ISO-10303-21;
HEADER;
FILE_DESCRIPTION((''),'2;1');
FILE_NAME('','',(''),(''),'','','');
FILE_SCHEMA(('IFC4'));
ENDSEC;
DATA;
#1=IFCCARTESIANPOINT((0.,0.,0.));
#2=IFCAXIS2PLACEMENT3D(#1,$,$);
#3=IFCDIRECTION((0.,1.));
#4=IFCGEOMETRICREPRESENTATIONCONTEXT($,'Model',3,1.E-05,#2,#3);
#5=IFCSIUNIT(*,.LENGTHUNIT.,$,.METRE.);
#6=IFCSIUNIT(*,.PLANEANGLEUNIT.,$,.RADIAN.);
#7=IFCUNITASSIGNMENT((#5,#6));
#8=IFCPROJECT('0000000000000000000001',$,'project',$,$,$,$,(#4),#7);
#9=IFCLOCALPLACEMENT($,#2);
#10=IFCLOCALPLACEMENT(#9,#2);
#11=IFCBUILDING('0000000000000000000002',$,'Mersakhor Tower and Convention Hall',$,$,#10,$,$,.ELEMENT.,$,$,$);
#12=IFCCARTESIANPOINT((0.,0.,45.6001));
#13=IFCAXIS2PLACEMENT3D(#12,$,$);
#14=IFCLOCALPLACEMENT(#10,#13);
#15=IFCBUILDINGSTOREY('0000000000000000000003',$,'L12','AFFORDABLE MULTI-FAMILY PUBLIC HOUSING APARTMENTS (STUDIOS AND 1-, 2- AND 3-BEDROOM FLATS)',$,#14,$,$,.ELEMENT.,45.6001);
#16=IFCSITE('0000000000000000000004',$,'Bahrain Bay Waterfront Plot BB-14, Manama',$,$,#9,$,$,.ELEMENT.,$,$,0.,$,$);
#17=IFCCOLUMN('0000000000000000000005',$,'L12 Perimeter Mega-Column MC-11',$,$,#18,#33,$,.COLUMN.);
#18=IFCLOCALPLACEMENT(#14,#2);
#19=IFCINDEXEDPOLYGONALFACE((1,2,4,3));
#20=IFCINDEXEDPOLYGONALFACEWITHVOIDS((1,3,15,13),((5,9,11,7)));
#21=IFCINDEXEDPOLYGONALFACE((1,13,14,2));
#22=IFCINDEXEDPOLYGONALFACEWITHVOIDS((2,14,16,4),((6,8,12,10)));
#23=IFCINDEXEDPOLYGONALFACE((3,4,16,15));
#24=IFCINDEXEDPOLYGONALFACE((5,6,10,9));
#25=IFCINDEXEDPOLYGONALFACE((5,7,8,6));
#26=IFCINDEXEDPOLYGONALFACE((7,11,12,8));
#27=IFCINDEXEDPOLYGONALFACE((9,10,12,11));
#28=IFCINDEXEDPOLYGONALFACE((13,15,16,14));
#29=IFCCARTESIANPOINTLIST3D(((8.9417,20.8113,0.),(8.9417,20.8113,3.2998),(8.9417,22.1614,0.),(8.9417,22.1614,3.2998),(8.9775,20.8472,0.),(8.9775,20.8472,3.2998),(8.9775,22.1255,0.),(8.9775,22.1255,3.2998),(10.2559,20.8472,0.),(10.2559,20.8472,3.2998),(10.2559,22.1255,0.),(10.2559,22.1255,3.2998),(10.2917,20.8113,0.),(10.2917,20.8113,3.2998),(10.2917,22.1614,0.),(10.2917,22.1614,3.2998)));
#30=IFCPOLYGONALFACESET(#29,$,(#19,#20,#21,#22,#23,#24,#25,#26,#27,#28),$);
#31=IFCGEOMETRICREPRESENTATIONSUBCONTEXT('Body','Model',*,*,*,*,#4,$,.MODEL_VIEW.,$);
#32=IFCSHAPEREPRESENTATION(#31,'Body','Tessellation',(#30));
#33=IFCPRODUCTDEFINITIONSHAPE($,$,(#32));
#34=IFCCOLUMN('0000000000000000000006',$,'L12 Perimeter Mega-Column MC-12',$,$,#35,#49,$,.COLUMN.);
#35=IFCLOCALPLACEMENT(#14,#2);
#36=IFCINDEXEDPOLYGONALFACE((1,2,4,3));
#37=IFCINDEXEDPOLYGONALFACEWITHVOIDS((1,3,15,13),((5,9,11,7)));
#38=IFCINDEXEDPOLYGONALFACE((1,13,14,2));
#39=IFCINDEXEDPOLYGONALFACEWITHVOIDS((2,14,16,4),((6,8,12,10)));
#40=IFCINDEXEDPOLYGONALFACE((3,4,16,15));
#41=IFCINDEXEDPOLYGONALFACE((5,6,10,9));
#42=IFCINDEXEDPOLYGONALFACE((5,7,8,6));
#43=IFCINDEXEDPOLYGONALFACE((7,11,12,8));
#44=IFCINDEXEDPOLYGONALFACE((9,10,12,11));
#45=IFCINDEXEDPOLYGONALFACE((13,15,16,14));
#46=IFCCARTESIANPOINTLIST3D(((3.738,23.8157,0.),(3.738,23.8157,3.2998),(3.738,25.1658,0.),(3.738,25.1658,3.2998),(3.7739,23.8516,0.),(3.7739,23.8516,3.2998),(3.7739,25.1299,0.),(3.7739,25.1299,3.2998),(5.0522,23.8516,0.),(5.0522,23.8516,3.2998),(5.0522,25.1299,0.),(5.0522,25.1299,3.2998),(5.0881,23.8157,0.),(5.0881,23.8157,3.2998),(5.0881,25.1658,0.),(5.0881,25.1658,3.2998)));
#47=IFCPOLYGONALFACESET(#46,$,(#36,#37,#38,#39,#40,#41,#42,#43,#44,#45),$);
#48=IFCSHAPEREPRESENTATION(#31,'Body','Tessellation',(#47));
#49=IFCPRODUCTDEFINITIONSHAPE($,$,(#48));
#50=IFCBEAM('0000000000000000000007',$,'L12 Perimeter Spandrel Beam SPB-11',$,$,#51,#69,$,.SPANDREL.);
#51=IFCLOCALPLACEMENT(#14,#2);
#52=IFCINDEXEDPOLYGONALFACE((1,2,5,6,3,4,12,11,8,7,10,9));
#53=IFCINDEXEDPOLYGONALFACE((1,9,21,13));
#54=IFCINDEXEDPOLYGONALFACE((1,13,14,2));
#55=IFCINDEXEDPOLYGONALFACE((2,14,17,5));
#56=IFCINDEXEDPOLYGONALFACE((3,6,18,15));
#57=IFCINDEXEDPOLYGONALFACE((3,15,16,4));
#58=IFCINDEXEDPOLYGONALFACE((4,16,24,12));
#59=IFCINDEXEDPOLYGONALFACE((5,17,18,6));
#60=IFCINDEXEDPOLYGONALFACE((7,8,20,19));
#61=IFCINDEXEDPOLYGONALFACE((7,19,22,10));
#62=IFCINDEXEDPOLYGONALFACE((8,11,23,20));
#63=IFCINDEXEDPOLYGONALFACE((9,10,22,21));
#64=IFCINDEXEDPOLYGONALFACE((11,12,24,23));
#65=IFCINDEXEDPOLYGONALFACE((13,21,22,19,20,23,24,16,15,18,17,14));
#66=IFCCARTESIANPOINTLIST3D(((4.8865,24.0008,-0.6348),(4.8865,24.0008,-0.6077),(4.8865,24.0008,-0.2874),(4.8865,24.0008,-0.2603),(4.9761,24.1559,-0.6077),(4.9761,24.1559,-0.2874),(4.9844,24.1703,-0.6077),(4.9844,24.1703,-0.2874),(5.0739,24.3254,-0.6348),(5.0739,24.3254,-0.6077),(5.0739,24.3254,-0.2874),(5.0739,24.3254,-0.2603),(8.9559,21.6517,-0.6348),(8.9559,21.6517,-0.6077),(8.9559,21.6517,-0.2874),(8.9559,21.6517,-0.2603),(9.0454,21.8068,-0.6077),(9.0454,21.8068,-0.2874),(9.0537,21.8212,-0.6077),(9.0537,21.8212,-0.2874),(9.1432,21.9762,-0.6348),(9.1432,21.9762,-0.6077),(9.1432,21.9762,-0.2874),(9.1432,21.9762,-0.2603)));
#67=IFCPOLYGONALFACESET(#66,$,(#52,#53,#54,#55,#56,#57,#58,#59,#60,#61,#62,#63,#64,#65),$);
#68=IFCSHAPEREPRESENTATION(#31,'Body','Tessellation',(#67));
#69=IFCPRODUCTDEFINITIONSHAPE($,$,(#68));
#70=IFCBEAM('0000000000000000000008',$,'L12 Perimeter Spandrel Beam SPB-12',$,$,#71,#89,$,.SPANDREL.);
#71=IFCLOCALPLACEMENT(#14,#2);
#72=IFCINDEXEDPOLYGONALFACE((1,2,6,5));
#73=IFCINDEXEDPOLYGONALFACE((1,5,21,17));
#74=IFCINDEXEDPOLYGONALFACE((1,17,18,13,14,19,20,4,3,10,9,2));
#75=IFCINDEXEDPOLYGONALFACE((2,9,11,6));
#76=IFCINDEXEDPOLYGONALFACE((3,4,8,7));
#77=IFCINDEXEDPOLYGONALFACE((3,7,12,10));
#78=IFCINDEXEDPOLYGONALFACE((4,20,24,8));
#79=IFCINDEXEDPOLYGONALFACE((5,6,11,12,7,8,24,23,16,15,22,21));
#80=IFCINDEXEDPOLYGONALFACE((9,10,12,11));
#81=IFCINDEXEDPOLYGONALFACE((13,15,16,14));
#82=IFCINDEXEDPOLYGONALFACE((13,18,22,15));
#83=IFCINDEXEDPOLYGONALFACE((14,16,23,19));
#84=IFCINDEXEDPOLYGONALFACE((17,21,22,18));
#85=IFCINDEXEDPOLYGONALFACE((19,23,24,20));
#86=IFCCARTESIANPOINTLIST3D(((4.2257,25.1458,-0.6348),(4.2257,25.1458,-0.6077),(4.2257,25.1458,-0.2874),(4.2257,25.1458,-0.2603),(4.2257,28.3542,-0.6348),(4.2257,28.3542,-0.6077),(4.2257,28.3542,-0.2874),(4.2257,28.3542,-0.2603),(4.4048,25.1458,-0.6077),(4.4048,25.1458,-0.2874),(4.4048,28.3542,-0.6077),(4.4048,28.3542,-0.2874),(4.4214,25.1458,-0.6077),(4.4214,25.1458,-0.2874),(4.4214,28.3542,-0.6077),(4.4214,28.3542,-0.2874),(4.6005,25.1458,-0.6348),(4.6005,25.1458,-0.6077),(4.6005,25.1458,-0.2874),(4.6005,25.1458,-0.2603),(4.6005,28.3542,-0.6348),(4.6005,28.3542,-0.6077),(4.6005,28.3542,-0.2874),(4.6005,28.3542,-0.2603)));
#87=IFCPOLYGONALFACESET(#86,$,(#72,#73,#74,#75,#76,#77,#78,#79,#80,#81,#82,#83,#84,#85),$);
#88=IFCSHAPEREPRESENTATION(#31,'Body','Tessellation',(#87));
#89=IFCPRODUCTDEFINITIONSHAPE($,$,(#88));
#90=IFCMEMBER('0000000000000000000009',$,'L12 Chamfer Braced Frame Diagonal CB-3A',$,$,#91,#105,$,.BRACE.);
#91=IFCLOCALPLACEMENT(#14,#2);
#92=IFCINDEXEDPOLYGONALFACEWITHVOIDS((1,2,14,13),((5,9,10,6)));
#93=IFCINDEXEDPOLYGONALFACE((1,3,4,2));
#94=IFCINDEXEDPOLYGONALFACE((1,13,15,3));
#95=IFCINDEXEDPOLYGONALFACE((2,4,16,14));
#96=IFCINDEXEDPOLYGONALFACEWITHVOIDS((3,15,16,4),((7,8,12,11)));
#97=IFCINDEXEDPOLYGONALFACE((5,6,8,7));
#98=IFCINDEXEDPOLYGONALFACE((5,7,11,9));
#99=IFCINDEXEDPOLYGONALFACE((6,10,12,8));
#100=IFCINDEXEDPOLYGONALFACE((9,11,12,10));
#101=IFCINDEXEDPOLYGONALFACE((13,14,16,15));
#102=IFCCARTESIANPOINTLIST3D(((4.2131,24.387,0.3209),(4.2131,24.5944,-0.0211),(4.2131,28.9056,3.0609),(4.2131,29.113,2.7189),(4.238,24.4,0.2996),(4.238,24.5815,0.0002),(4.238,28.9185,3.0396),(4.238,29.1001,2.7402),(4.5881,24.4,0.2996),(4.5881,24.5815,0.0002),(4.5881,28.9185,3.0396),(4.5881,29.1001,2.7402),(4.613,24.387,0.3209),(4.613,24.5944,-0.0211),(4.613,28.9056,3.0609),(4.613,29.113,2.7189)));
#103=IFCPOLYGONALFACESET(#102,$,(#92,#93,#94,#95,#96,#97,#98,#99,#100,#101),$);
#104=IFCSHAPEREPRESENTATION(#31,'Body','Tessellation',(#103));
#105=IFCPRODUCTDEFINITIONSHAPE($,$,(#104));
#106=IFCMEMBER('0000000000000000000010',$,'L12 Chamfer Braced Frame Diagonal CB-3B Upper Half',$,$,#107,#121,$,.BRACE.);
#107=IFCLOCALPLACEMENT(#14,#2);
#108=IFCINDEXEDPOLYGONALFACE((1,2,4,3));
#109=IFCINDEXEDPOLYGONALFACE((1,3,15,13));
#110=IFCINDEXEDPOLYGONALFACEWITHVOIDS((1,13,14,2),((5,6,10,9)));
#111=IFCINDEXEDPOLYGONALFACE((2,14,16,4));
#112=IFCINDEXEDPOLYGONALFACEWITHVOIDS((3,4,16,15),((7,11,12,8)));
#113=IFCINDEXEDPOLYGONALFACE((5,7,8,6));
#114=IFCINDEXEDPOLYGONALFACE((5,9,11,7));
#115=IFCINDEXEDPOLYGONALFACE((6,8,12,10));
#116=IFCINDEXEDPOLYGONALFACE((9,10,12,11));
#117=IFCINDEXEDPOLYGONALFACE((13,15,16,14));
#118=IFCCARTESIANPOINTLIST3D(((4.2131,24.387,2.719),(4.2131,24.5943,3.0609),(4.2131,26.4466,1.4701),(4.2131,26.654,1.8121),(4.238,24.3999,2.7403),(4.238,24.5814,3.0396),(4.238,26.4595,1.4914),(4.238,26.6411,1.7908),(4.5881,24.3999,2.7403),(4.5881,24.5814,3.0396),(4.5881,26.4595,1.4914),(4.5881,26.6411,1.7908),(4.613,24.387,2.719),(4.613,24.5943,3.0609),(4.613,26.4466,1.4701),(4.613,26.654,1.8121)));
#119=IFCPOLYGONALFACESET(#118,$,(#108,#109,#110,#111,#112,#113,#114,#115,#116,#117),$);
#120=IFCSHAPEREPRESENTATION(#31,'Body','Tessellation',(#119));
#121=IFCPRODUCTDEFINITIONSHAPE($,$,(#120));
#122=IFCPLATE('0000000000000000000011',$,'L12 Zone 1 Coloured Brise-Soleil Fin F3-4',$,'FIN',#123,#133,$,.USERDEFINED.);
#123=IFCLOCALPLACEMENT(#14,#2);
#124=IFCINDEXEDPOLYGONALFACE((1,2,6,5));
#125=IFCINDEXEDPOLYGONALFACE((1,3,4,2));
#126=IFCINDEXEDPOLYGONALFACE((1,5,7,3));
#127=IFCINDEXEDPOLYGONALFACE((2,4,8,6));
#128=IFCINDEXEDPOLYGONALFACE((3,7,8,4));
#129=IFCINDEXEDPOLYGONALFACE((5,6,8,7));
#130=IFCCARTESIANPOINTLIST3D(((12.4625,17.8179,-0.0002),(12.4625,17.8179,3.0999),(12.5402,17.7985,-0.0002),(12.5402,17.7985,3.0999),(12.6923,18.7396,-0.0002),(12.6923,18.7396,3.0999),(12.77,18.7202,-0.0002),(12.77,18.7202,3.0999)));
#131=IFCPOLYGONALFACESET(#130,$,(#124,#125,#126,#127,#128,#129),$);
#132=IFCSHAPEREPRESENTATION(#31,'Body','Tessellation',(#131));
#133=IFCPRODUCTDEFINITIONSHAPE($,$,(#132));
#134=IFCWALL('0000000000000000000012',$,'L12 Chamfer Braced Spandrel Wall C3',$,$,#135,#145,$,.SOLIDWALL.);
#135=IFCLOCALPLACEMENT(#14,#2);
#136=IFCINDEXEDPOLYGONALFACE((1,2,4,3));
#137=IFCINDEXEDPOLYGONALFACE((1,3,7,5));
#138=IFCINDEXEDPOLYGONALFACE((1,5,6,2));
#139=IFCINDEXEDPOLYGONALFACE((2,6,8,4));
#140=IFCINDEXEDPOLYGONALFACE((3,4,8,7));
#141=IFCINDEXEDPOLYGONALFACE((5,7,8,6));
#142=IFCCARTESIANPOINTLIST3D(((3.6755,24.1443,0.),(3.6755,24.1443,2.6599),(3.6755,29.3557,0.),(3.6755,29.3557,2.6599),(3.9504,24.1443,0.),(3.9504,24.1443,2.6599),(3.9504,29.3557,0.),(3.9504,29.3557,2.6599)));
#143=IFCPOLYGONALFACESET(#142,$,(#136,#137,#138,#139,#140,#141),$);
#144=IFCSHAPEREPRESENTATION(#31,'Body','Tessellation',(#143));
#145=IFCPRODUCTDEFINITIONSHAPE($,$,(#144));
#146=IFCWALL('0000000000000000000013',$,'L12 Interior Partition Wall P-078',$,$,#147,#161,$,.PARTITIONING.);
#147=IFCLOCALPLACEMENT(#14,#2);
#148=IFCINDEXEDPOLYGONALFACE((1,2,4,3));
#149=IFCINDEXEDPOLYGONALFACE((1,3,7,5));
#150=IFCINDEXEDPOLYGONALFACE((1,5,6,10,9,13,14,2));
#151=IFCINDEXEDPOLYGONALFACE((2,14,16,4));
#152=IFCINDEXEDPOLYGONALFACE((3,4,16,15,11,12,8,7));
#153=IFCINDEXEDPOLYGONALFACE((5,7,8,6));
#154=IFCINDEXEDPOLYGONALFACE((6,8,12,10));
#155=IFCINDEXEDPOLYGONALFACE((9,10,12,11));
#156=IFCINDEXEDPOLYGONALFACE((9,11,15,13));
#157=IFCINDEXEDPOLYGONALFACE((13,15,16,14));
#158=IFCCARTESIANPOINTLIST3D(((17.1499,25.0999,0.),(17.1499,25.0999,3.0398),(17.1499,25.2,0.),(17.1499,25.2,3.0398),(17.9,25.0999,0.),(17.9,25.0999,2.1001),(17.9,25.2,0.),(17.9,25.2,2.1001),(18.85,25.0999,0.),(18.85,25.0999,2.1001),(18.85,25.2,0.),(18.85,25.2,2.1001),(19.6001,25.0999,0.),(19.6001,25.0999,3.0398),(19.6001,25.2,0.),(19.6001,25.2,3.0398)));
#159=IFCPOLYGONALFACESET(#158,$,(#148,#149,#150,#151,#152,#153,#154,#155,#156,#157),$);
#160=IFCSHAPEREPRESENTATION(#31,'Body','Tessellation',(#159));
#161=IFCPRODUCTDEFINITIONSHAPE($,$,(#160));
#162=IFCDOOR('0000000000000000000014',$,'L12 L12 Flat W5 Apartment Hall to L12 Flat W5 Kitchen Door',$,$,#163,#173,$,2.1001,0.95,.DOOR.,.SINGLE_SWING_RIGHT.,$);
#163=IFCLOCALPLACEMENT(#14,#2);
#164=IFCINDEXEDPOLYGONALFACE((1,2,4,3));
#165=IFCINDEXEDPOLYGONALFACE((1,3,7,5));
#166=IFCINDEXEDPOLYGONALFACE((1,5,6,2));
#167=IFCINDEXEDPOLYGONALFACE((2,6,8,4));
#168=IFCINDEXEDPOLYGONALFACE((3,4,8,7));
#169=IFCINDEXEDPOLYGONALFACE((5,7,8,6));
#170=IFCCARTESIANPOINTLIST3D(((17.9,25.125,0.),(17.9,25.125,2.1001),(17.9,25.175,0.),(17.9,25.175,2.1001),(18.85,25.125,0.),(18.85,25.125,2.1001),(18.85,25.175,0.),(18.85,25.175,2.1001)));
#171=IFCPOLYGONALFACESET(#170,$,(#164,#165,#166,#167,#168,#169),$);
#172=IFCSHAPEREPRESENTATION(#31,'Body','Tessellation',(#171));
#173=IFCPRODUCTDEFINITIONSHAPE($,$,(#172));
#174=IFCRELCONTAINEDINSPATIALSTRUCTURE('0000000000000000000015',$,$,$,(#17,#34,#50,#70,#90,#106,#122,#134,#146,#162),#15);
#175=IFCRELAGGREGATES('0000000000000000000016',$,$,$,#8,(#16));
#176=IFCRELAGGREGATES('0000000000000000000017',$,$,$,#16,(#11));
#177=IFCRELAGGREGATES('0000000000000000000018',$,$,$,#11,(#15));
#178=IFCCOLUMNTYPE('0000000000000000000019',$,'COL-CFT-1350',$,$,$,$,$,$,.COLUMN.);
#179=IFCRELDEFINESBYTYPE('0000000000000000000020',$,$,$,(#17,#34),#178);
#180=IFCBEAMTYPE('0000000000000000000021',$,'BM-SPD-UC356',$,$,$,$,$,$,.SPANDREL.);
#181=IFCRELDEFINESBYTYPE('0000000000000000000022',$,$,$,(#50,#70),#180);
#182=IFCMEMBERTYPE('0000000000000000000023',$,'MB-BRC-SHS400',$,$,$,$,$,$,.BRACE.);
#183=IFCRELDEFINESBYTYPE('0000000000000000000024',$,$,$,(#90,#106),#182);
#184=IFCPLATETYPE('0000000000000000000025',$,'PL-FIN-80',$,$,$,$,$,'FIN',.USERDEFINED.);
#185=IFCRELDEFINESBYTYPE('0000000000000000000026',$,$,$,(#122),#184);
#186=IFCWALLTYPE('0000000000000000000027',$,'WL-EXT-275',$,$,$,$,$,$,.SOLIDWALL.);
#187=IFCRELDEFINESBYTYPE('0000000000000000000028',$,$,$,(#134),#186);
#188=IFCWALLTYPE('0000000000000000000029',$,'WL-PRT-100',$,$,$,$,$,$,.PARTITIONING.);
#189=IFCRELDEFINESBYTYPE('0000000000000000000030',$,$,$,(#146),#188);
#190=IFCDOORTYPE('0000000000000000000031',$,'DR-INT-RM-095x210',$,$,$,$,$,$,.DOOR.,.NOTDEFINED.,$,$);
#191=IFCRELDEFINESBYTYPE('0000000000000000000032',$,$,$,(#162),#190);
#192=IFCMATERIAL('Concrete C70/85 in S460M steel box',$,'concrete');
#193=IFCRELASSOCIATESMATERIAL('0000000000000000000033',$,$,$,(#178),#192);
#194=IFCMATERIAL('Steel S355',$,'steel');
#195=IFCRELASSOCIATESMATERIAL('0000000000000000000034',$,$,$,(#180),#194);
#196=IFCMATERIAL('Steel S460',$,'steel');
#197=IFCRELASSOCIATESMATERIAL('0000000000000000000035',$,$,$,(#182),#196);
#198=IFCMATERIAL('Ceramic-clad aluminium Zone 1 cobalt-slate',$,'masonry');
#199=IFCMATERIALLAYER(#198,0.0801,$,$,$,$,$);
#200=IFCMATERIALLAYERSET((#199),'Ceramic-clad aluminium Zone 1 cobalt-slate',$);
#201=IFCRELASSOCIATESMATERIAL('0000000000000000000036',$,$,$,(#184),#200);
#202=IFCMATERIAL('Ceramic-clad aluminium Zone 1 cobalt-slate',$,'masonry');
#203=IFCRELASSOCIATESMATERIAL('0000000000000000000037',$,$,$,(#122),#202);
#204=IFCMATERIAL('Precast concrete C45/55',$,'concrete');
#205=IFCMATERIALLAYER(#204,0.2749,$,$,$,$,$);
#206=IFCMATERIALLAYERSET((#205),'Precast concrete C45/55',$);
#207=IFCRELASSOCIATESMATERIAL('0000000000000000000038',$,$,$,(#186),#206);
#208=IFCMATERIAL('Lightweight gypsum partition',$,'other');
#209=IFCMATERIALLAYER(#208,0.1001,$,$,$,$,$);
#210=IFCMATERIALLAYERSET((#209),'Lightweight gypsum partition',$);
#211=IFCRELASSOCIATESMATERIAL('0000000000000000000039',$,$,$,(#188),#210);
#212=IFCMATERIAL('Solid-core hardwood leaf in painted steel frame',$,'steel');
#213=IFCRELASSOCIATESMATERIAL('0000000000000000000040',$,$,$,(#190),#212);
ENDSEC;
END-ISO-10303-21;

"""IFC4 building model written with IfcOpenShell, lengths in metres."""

from ifc_helpers import new_model, si_unit, direction, frame, frame_2d, origin, origin_2d, place, context, subcontext, project, spatial, rectangle, hollow_rectangle, i_section, extrude, material, layer, layer_set, material_profile, profile_set, type_object, element, fill, save


model = new_model("IFC4")

# Units and contexts
model_context = context("Model", 3, precision=1e-05, world=origin(), true_north=direction((0.0, 1.0)))
body_context = subcontext(model_context, "Body", "Model", "MODEL_VIEW")
ifc_project = project(units=[si_unit("LENGTHUNIT", "METRE"), si_unit("PLANEANGLEUNIT", "RADIAN")], contexts=[model_context])

# Site, building, storey
site_placement = place(None, origin())
site = spatial("IfcSite", under=ifc_project, at=site_placement, Name="Bahrain Bay Waterfront Plot BB-14, Manama", CompositionType="ELEMENT", RefElevation=0.0)
building_placement = place(site_placement, origin())
building = spatial("IfcBuilding", under=site, at=building_placement, Name="Mersakhor Tower and Convention Hall", CompositionType="ELEMENT")
storey_placement = place(building_placement, frame((0.0, 0.0, 45.6001)))
storey = spatial("IfcBuildingStorey", under=building, at=storey_placement, Name="L12", Description="AFFORDABLE MULTI-FAMILY PUBLIC HOUSING APARTMENTS (STUDIOS AND 1-, 2- AND 3-BEDROOM FLATS)", CompositionType="ELEMENT", Elevation=45.6001)

# Columns
ifc_material_1 = material(Name="Concrete C70/85 in S460M steel box", Category="concrete")
ifc_material_profile_1 = material_profile(ifc_material_1, hollow_rectangle(XDim=1.3501, YDim=1.3501, WallThickness=0.0359, at=origin_2d()), Name="SHS 1350x1350x36")
ifc_profile_set_1 = profile_set([ifc_material_profile_1], Name="Concrete C70/85 in S460M steel box")
column_type = type_object("IfcColumnType", Name="COL-CFT-1350", PredefinedType="COLUMN", material=ifc_profile_set_1)
for number, where, z_axis, x_axis, name in (
    (1, (9.6167, 21.4863, 0.0), (0.0, 0.0, 1.0), (1.0, 0.0, 0.0), "L12 Perimeter Mega-Column MC-11"),
    (2, (4.4131, 24.4907, 0.0), (0.0, 0.0, 1.0), (1.0, 0.0, 0.0), "L12 Perimeter Mega-Column MC-12"),
):
    element("IfcColumn", number, at=place(storey_placement, frame(where, z_axis=z_axis, x_axis=x_axis)), inside=storey, type_object=column_type, Name=name, PredefinedType="COLUMN", context=body_context, shape_type="SweptSolid", body=[
        extrude(hollow_rectangle(XDim=1.3501, YDim=1.3501, WallThickness=0.0359, at=origin_2d()), origin(), (0.0, 0.0, 1.0), 3.2998),
    ])

# Beams
ifc_material_2 = material(Name="Steel S355", Category="steel")
ifc_material_profile_2 = material_profile(ifc_material_2, i_section(OverallWidth=0.3748, OverallDepth=0.3745, WebThickness=0.0166, FlangeThickness=0.0271, at=origin_2d()), Name="UC 356x368x202")
ifc_profile_set_2 = profile_set([ifc_material_profile_2], Name="Steel S355")
beam_type = type_object("IfcBeamType", Name="BM-SPD-UC356", PredefinedType="SPANDREL", material=ifc_profile_set_2)
beam_1_placement = place(storey_placement, frame((9.0496, 21.814, -0.4475), z_axis=(-0.866054, 0.49995, 0.0), x_axis=(-0.49995, -0.866054, 0.0)))
element("IfcBeam", 3, at=beam_1_placement, inside=storey, type_object=beam_type, Name="L12 Perimeter Spandrel Beam SPB-11", PredefinedType="SPANDREL", context=body_context, shape_type="SweptSolid", body=[
    extrude(i_section(OverallWidth=0.3748, OverallDepth=0.3745, WebThickness=0.0166, FlangeThickness=0.0271, at=origin_2d()), origin(), (0.0, 0.0, 1.0), 4.6987),
])
beam_2_placement = place(storey_placement, frame((4.4131, 25.1458, -0.4475), z_axis=(0.0, 1.0, 0.0), x_axis=(-1.0, 0.0, 0.0)))
element("IfcBeam", 4, at=beam_2_placement, inside=storey, type_object=beam_type, Name="L12 Perimeter Spandrel Beam SPB-12", PredefinedType="SPANDREL", context=body_context, shape_type="SweptSolid", body=[
    extrude(i_section(OverallWidth=0.3748, OverallDepth=0.3745, WebThickness=0.0166, FlangeThickness=0.0271, at=origin_2d()), origin(), (0.0, 0.0, 1.0), 3.2085),
])

# Members
ifc_material_3 = material(Name="Steel S460", Category="steel")
ifc_material_profile_3 = material_profile(ifc_material_3, hollow_rectangle(XDim=0.3999, YDim=0.3999, WallThickness=0.0249, at=origin_2d()), Name="SHS 400x400x25")
ifc_profile_set_3 = profile_set([ifc_material_profile_3], Name="Steel S460")
member_type = type_object("IfcMemberType", Name="MB-BRC-SHS400", PredefinedType="BRACE", material=ifc_profile_set_3)
member_1_placement = place(storey_placement, frame((4.4131, 24.4907, 0.1499), z_axis=(0.0, 0.855074, 0.518505), x_axis=(-1.0, 0.0, 0.0)))
element("IfcMember", 5, at=member_1_placement, inside=storey, type_object=member_type, Name="L12 Chamfer Braced Frame Diagonal CB-3A", PredefinedType="BRACE", context=body_context, shape_type="SweptSolid", body=[
    extrude(hollow_rectangle(XDim=0.3999, YDim=0.3999, WallThickness=0.0249, at=origin_2d()), origin(), (0.0, 0.0, 1.0), 5.2844),
])
member_2_placement = place(storey_placement, frame((4.4131, 26.5503, 1.6411), z_axis=(0.0, -0.855096, 0.51847), x_axis=(1.0, 0.0, 0.0)))
element("IfcMember", 6, at=member_2_placement, inside=storey, type_object=member_type, Name="L12 Chamfer Braced Frame Diagonal CB-3B Upper Half", PredefinedType="BRACE", context=body_context, shape_type="SweptSolid", body=[
    extrude(hollow_rectangle(XDim=0.3999, YDim=0.3999, WallThickness=0.0249, at=origin_2d()), origin(), (0.0, 0.0, 1.0), 2.4087),
])

# Plate
ifc_material_4 = material(Name="Ceramic-clad aluminium Zone 1 cobalt-slate", Category="masonry")
ifc_material_5 = material(Name="Ceramic-clad aluminium Zone 1 cobalt-slate", Category="masonry")
ifc_layer_1 = layer(ifc_material_5, 0.0801)
ifc_layer_set_1 = layer_set([ifc_layer_1], Name="Ceramic-clad aluminium Zone 1 cobalt-slate")
plate_type = type_object("IfcPlateType", Name="PL-FIN-80", ElementType="FIN", PredefinedType="USERDEFINED", material=ifc_layer_set_1)
plate_placement = place(storey_placement, frame((12.6162, 18.269, -0.0002), z_axis=(0.0, 0.0, 1.0), x_axis=(-0.241922, -0.970296, 0.0)))
element("IfcPlate", 7, at=plate_placement, inside=storey, type_object=plate_type, material=ifc_material_4, Name="L12 Zone 1 Coloured Brise-Soleil Fin F3-4", ObjectType="FIN", PredefinedType="USERDEFINED", context=body_context, shape_type="SweptSolid", body=[
    extrude(rectangle(XDim=0.95, YDim=0.0801, at=origin_2d()), origin(), (0.0, 0.0, 1.0), 3.1001),
])

# Wall
ifc_material_6 = material(Name="Precast concrete C45/55", Category="concrete")
ifc_layer_2 = layer(ifc_material_6, 0.2749)
ifc_layer_set_2 = layer_set([ifc_layer_2], Name="Precast concrete C45/55")
wall_type_1 = type_object("IfcWallType", Name="WL-EXT-275", PredefinedType="SOLIDWALL", material=ifc_layer_set_2)
wall_1_placement = place(storey_placement, frame((3.813, 24.1443, 0.0), z_axis=(0.0, 0.0, 1.0), x_axis=(0.0, 1.0, 0.0)))
element("IfcWall", 8, at=wall_1_placement, inside=storey, type_object=wall_type_1, Name="L12 Chamfer Braced Spandrel Wall C3", PredefinedType="SOLIDWALL", context=body_context, shape_type="SweptSolid", body=[
    extrude(rectangle(XDim=5.2114, YDim=0.2749, at=frame_2d((2.6057, 0.0))), origin(), (0.0, 0.0, 1.0), 2.6599),
])

# Wall, opening, door
ifc_material_7 = material(Name="Lightweight gypsum partition", Category="other")
ifc_layer_3 = layer(ifc_material_7, 0.1001)
ifc_layer_set_3 = layer_set([ifc_layer_3], Name="Lightweight gypsum partition")
wall_type_2 = type_object("IfcWallType", Name="WL-PRT-100", PredefinedType="PARTITIONING", material=ifc_layer_set_3)
wall_2_placement = place(storey_placement, frame((19.6001, 25.1499, 0.0), z_axis=(0.0, 0.0, 1.0), x_axis=(-1.0, 0.0, 0.0)))
wall_2 = element("IfcWall", 9, at=wall_2_placement, inside=storey, type_object=wall_type_2, Name="L12 Interior Partition Wall P-078", PredefinedType="PARTITIONING", context=body_context, shape_type="SweptSolid", body=[
    extrude(rectangle(XDim=2.4502, YDim=0.1001, at=frame_2d((1.2251, 0.0))), origin(), (0.0, 0.0, 1.0), 3.0398),
])
opening_1_placement = place(wall_2_placement, frame((0.75, 0.0, 0.0)))
opening_1 = element("IfcOpeningElement", 10, at=opening_1_placement, cuts=wall_2, PredefinedType="OPENING", context=body_context, shape_type="SweptSolid", body=[
    extrude(rectangle(XDim=0.95, YDim=2.1001, at=frame_2d((0.4751, 1.05))), frame((0.0, 0.0601, 0.0), z_axis=(0.0, -1.0, 0.0), x_axis=(1.0, 0.0, 0.0)), (0.0, 0.0, 1.0), 0.1201),
])
ifc_material_8 = material(Name="Solid-core hardwood leaf in painted steel frame", Category="steel")
door_type_1 = type_object("IfcDoorType", Name="DR-INT-RM-095x210", OperationType="NOTDEFINED", PredefinedType="DOOR", material=ifc_material_8)
door_1_placement = place(opening_1_placement, origin())
door_1 = element("IfcDoor", 11, at=door_1_placement, inside=storey, type_object=door_type_1, Name="L12 L12 Flat W5 Apartment Hall to L12 Flat W5 Kitchen Door", OperationType="SINGLE_SWING_RIGHT", OverallHeight=2.1001, OverallWidth=0.95, PredefinedType="DOOR", context=body_context, shape_type="SweptSolid", body=[
    extrude(rectangle(XDim=0.95, YDim=2.1001, at=frame_2d((0.4751, 1.05))), frame((0.0, 0.0249, 0.0), z_axis=(0.0, -1.0, 0.0), x_axis=(1.0, 0.0, 0.0)), (0.0, 0.0, 1.0), 0.05),
])
fill(opening_1, door_1)

save(model, "model.ifc")
